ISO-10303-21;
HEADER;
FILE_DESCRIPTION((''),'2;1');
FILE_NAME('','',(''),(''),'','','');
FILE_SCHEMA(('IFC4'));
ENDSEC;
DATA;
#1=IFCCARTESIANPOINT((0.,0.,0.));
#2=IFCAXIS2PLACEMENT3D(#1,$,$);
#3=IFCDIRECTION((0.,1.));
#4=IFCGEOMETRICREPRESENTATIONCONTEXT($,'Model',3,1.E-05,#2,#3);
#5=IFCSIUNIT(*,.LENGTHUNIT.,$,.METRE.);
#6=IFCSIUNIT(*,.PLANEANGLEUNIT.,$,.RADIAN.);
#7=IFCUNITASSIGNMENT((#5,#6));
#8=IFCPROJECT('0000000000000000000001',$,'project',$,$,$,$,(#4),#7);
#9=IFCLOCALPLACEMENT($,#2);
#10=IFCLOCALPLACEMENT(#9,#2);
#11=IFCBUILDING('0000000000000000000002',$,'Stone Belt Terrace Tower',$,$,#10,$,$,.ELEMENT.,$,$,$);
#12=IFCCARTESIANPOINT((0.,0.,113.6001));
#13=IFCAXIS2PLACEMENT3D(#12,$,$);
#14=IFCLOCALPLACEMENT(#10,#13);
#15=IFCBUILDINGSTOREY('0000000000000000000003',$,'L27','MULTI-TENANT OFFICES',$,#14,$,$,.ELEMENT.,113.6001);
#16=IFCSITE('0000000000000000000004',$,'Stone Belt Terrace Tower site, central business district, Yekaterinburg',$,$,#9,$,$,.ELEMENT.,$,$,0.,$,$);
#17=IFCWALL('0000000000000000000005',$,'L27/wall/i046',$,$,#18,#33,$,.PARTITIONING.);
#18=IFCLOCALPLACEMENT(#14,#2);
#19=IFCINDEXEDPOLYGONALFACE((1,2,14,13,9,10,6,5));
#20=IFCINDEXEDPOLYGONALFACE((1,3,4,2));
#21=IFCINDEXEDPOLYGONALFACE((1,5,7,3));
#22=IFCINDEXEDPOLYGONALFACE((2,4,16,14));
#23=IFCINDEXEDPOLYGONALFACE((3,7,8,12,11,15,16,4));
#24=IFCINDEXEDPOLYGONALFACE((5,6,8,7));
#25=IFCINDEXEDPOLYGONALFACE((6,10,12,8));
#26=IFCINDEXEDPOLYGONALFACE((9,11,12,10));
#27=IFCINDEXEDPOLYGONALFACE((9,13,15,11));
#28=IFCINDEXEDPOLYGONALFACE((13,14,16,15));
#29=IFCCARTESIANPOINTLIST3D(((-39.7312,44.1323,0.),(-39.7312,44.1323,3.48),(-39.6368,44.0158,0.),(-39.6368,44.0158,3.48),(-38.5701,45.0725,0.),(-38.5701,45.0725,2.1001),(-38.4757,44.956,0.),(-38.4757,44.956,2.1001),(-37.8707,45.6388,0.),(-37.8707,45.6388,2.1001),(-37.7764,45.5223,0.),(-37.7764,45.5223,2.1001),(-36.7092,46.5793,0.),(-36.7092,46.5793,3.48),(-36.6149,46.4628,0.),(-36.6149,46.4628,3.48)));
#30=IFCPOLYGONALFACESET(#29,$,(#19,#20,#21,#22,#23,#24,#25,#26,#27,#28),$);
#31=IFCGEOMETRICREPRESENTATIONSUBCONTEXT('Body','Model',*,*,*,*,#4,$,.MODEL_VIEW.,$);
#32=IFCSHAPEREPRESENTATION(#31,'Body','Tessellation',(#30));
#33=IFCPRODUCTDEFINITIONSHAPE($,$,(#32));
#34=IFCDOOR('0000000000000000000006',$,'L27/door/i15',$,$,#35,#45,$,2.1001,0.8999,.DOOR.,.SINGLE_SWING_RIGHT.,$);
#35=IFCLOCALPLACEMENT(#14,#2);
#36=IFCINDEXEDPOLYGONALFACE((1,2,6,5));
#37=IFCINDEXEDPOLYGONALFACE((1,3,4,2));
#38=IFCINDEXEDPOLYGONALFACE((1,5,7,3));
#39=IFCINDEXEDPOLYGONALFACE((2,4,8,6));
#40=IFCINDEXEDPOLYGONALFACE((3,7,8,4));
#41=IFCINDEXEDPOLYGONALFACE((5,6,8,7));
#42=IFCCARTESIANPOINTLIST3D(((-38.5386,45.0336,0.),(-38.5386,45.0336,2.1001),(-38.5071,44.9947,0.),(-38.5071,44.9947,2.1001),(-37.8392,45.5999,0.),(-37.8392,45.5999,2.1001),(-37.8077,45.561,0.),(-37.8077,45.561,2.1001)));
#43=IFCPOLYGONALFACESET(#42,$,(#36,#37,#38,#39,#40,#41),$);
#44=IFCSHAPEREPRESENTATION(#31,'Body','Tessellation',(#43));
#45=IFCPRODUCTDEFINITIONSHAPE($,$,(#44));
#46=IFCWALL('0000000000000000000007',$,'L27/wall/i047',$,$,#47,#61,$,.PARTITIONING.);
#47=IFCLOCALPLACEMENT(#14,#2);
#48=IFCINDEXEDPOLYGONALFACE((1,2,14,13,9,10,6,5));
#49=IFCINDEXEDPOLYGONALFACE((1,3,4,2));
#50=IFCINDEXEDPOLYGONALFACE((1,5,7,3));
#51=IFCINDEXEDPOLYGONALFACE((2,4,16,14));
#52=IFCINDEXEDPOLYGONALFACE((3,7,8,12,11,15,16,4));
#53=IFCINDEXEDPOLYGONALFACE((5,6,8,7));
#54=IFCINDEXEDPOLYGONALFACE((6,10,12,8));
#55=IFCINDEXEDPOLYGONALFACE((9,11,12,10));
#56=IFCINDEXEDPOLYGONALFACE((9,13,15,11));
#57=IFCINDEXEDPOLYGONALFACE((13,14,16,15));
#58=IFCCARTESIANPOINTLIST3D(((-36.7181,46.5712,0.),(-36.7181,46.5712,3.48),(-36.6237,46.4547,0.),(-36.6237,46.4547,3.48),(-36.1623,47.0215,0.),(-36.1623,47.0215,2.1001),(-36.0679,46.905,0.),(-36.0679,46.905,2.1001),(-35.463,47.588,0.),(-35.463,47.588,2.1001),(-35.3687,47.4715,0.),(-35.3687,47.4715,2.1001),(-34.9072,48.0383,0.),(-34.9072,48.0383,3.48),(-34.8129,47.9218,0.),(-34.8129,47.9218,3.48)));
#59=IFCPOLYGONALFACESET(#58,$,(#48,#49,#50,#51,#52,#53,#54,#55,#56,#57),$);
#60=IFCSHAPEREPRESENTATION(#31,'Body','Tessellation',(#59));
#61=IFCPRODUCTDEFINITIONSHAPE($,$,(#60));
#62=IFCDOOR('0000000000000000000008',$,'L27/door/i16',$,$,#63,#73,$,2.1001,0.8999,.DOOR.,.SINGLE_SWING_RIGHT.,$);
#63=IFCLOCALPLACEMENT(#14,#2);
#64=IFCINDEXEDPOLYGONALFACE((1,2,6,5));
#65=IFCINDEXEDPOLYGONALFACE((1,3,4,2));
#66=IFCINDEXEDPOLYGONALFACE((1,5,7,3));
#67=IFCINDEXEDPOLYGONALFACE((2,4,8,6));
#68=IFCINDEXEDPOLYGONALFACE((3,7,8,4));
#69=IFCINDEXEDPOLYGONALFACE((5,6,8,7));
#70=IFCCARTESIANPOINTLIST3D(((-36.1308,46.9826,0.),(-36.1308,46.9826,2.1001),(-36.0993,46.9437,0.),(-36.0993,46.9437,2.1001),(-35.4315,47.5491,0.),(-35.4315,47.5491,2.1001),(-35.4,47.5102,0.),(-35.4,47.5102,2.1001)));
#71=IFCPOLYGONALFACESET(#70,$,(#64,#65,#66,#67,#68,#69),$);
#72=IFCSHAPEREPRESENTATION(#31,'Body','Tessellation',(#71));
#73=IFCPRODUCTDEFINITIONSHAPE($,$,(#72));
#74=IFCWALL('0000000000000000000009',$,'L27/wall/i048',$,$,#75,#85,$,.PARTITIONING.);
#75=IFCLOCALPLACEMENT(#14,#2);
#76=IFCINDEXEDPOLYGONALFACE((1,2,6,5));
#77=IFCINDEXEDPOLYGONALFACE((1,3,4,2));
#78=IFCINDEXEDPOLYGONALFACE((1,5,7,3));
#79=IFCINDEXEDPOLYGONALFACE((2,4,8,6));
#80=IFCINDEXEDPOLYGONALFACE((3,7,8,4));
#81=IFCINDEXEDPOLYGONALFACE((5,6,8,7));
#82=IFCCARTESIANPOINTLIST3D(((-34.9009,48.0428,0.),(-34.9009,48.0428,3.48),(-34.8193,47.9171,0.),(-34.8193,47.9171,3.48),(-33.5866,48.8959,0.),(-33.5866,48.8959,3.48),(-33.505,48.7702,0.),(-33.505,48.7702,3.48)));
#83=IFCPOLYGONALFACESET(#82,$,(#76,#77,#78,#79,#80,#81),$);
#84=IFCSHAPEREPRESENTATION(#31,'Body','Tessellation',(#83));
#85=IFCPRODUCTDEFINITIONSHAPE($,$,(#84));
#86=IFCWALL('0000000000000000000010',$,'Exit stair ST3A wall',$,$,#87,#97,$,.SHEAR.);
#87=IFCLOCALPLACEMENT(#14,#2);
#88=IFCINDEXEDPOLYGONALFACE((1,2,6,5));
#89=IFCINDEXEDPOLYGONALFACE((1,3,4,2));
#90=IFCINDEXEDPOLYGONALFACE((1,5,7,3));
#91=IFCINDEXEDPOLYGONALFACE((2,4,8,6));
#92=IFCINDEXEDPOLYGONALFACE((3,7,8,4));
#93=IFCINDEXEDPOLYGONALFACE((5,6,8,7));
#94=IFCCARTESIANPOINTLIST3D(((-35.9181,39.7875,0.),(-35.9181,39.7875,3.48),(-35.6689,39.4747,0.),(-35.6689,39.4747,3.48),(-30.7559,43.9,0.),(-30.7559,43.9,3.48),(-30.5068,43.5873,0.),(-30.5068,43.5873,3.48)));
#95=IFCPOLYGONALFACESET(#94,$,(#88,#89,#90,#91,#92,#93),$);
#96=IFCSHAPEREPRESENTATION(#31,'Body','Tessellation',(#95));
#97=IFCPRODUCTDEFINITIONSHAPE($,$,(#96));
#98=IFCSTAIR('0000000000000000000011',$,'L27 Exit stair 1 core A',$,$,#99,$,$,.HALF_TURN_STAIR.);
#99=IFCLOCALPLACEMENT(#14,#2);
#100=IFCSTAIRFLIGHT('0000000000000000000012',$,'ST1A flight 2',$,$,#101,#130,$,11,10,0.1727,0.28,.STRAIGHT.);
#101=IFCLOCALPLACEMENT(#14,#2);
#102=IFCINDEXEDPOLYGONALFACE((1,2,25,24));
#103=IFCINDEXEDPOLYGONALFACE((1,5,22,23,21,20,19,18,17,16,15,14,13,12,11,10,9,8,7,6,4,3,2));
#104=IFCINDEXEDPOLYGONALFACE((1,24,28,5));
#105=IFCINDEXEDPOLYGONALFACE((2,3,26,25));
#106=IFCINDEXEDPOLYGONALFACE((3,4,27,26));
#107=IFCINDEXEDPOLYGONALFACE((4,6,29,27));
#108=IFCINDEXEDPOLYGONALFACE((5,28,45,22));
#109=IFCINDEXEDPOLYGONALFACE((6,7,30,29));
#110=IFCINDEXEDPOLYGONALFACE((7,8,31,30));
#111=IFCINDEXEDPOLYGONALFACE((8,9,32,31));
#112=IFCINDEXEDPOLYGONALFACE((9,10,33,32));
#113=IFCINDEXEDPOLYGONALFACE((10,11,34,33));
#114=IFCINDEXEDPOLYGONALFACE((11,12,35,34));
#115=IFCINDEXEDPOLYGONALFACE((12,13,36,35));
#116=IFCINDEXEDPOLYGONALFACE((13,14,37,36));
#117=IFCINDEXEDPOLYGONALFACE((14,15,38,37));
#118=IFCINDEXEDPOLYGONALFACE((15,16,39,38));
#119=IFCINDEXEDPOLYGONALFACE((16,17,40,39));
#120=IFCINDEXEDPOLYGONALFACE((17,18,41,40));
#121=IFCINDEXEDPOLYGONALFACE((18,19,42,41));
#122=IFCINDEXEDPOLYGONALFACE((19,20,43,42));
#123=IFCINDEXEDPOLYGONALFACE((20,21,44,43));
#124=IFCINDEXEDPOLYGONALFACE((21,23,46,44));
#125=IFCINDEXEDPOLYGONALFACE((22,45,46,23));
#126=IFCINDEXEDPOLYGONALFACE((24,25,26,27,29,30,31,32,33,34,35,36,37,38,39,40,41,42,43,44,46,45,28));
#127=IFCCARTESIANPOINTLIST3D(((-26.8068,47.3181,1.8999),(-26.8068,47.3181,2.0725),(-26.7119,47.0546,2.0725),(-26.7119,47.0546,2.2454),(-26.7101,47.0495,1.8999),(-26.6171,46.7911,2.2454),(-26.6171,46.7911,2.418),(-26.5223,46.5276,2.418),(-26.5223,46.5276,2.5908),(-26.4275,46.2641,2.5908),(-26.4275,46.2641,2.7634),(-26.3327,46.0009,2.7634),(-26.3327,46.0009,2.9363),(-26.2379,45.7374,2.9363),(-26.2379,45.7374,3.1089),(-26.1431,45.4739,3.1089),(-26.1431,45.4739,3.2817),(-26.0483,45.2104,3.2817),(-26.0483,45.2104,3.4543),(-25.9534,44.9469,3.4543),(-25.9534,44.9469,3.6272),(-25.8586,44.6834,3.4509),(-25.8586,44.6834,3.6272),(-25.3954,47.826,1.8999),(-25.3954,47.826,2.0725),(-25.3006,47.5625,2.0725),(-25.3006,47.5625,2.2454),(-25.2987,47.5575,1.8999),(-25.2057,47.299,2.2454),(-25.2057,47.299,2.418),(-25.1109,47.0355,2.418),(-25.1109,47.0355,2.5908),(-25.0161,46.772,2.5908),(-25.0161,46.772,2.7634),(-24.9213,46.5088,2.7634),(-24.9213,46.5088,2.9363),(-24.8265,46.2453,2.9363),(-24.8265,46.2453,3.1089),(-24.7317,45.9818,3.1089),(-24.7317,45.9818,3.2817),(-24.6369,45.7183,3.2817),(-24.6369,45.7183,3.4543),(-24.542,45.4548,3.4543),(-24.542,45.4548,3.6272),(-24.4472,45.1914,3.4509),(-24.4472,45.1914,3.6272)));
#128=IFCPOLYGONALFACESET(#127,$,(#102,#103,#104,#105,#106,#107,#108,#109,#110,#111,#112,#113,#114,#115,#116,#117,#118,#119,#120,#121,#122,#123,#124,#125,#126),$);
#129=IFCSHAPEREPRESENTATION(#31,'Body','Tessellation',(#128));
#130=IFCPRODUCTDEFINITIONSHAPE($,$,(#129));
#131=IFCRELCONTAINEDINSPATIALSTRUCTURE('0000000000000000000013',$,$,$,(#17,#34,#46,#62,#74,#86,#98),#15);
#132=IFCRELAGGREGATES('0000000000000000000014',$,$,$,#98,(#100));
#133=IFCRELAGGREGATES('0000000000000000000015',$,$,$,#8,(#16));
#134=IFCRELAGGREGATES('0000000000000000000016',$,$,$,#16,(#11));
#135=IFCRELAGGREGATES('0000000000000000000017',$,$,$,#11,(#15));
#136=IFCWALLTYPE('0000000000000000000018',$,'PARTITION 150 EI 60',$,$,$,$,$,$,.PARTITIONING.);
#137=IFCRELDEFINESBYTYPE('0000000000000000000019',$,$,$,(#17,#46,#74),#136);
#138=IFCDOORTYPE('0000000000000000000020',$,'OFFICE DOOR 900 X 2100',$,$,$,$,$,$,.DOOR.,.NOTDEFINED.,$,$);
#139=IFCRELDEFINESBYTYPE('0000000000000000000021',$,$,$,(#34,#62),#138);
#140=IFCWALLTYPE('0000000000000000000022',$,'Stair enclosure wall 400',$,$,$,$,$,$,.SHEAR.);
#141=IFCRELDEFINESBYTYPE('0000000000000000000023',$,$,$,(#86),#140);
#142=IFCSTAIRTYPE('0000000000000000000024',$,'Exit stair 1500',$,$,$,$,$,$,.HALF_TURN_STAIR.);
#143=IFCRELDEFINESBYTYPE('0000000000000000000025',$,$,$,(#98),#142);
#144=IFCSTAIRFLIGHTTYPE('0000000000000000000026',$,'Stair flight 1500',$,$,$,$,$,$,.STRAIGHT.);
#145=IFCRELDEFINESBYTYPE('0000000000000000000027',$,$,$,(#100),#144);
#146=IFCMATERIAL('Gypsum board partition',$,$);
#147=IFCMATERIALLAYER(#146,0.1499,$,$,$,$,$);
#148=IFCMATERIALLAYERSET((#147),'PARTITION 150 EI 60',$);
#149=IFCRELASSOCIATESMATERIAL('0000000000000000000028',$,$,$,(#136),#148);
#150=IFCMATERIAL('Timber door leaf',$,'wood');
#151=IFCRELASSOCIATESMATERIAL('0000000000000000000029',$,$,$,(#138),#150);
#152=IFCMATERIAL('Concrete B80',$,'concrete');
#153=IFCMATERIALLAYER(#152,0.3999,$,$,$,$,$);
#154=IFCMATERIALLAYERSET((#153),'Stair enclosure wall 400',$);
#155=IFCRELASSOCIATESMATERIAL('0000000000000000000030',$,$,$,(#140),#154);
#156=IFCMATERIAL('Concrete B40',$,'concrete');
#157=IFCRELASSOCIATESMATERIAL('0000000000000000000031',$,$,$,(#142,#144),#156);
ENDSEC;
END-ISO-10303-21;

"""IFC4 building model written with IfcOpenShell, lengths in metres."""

from ifc_helpers import new_model, si_unit, direction, frame, frame_2d, origin, place, context, subcontext, project, spatial, polyline, rectangle, outline, extrude, material, layer, layer_set, type_object, element, fill, aggregate, save


model = new_model("IFC4")

# Units and contexts
model_context = context("Model", 3, precision=1e-05, world=origin(), true_north=direction((0.0, 1.0)))
body_context = subcontext(model_context, "Body", "Model", "MODEL_VIEW")
ifc_project = project(units=[si_unit("LENGTHUNIT", "METRE"), si_unit("PLANEANGLEUNIT", "RADIAN")], contexts=[model_context])

# Site, building, storey
site_placement = place(None, origin())
site = spatial("IfcSite", under=ifc_project, at=site_placement, Name="Stone Belt Terrace Tower site, central business district, Yekaterinburg", CompositionType="ELEMENT", RefElevation=0.0)
building_placement = place(site_placement, origin())
building = spatial("IfcBuilding", under=site, at=building_placement, Name="Stone Belt Terrace Tower", CompositionType="ELEMENT")
storey_placement = place(building_placement, frame((0.0, 0.0, 113.6001)))
storey = spatial("IfcBuildingStorey", under=building, at=storey_placement, Name="L27", Description="MULTI-TENANT OFFICES", CompositionType="ELEMENT", Elevation=113.6001)

# Shared definitions
ifc_material_1 = material(Name="Concrete B80", Category="concrete")

# Shared definitions
ifc_material_2 = material(Name="Timber door leaf", Category="wood")

# Shared definitions
ifc_material_3 = material(Name="Gypsum board partition")
ifc_layer_1 = layer(ifc_material_3, 0.1499)
ifc_layer_set_1 = layer_set([ifc_layer_1], Name="PARTITION 150 EI 60")
wall_type_1 = type_object("IfcWallType", Name="PARTITION 150 EI 60", PredefinedType="PARTITIONING", material=ifc_layer_set_1)

# Shared definitions
door_type_1 = type_object("IfcDoorType", Name="OFFICE DOOR 900 X 2100", OperationType="NOTDEFINED", PredefinedType="DOOR", material=ifc_material_2)

# Walls, openings, doors
wall_1_placement = place(storey_placement, frame((-39.6841, 44.074, 0.0), z_axis=(0.0, 0.0, 1.0), x_axis=(0.777162, 0.629301, 0.0)))
wall_1 = element("IfcWall", 1, at=wall_1_placement, inside=storey, type_object=wall_type_1, Name="L27/wall/i046", PredefinedType="PARTITIONING", context=body_context, shape_type="SweptSolid", body=[
    extrude(rectangle(XDim=3.8884, YDim=0.1499, at=frame_2d((1.9443, 0.0))), origin(), (0.0, 0.0, 1.0), 3.48),
])
opening_1_placement = place(wall_1_placement, frame((1.4941, 0.0, 0.0)))
opening_1 = element("IfcOpeningElement", 2, at=opening_1_placement, cuts=wall_1, PredefinedType="OPENING", context=body_context, shape_type="SweptSolid", body=[
    extrude(rectangle(XDim=0.8999, YDim=2.1001, at=frame_2d((0.45, 1.05))), frame((0.0, 0.085, 0.0), z_axis=(0.0, -1.0, 0.0), x_axis=(1.0, 0.0, 0.0)), (0.0, 0.0, 1.0), 0.1699),
])
door_1_placement = place(opening_1_placement, origin())
door_1 = element("IfcDoor", 3, at=door_1_placement, inside=storey, type_object=door_type_1, Name="L27/door/i15", OperationType="SINGLE_SWING_RIGHT", OverallHeight=2.1001, OverallWidth=0.8999, PredefinedType="DOOR", context=body_context, shape_type="SweptSolid", body=[
    extrude(rectangle(XDim=0.8999, YDim=2.1001, at=frame_2d((0.45, 1.05))), frame((0.0, 0.0249, 0.0), z_axis=(0.0, -1.0, 0.0), x_axis=(1.0, 0.0, 0.0)), (0.0, 0.0, 1.0), 0.05),
])
fill(opening_1, door_1)
wall_2_placement = place(storey_placement, frame((-36.6709, 46.5129, 0.0), z_axis=(0.0, 0.0, 1.0), x_axis=(0.777001, 0.6295, 0.0)))
wall_2 = element("IfcWall", 4, at=wall_2_placement, inside=storey, type_object=wall_type_1, Name="L27/wall/i047", PredefinedType="PARTITIONING", context=body_context, shape_type="SweptSolid", body=[
    extrude(rectangle(XDim=2.3306, YDim=0.1499, at=frame_2d((1.1653, 0.0))), origin(), (0.0, 0.0, 1.0), 3.48),
])
opening_2_placement = place(wall_2_placement, frame((0.7153, 0.0, 0.0)))
opening_2 = element("IfcOpeningElement", 5, at=opening_2_placement, cuts=wall_2, PredefinedType="OPENING", context=body_context, shape_type="SweptSolid", body=[
    extrude(rectangle(XDim=0.8999, YDim=2.1001, at=frame_2d((0.45, 1.05))), frame((0.0, 0.085, 0.0), z_axis=(0.0, -1.0, 0.0), x_axis=(1.0, 0.0, 0.0)), (0.0, 0.0, 1.0), 0.1699),
])
door_2_placement = place(opening_2_placement, origin())
door_2 = element("IfcDoor", 6, at=door_2_placement, inside=storey, type_object=door_type_1, Name="L27/door/i16", OperationType="SINGLE_SWING_RIGHT", OverallHeight=2.1001, OverallWidth=0.8999, PredefinedType="DOOR", context=body_context, shape_type="SweptSolid", body=[
    extrude(rectangle(XDim=0.8999, YDim=2.1001, at=frame_2d((0.45, 1.05))), frame((0.0, 0.0249, 0.0), z_axis=(0.0, -1.0, 0.0), x_axis=(1.0, 0.0, 0.0)), (0.0, 0.0, 1.0), 0.05),
])
fill(opening_2, door_2)

# Walls
wall_3_placement = place(storey_placement, frame((-34.8601, 47.98, 0.0), z_axis=(0.0, 0.0, 1.0), x_axis=(0.838796, 0.544446, 0.0)))
element("IfcWall", 7, at=wall_3_placement, inside=storey, type_object=wall_type_1, Name="L27/wall/i048", PredefinedType="PARTITIONING", context=body_context, shape_type="SweptSolid", body=[
    extrude(rectangle(XDim=1.5669, YDim=0.1499, at=frame_2d((0.7834, 0.0))), origin(), (0.0, 0.0, 1.0), 3.48),
])
ifc_layer_2 = layer(ifc_material_1, 0.3999)
ifc_layer_set_2 = layer_set([ifc_layer_2], Name="Stair enclosure wall 400")
wall_type_2 = type_object("IfcWallType", Name="Stair enclosure wall 400", PredefinedType="SHEAR", material=ifc_layer_set_2)
wall_4_placement = place(storey_placement, frame((-30.6313, 43.7437, 0.0), z_axis=(0.0, 0.0, 1.0), x_axis=(-0.782134, -0.62311, 0.0)))
element("IfcWall", 8, at=wall_4_placement, inside=storey, type_object=wall_type_2, Name="Exit stair ST3A wall", PredefinedType="SHEAR", context=body_context, shape_type="SweptSolid", body=[
    extrude(rectangle(XDim=6.6001, YDim=0.3999, at=frame_2d((3.3, 0.0))), origin(), (0.0, 0.0, 1.0), 3.48),
])

# Stair, stair flight
ifc_material_4 = material(Name="Concrete B40", Category="concrete")
stair_type = type_object("IfcStairType", Name="Exit stair 1500", PredefinedType="HALF_TURN_STAIR", material=ifc_material_4)
stair_placement = place(storey_placement, origin())
stair = element("IfcStair", 9, at=stair_placement, inside=storey, type_object=stair_type, Name="L27 Exit stair 1 core A", PredefinedType="HALF_TURN_STAIR")
stair_flight_type = type_object("IfcStairFlightType", Name="Stair flight 1500", PredefinedType="STRAIGHT", material=ifc_material_4)
stair_flight_placement = place(storey_placement, frame((-26.1011, 47.572, 1.8999), z_axis=(0.0, 0.0, 1.0), x_axis=(0.338624, -0.940922, 0.0)))
stair_flight = element("IfcStairFlight", 10, at=stair_flight_placement, type_object=stair_flight_type, Name="ST1A flight 2", NumberOfRisers=11, NumberOfTreads=10, PredefinedType="STRAIGHT", RiserHeight=0.1727, TreadLength=0.28, context=body_context, shape_type="SweptSolid", body=[
    extrude(outline(polyline([(0.0, 0.0), (0.0, 0.1726), (0.28, 0.1726), (0.28, 0.3455), (0.5601, 0.3455), (0.5601, 0.5181), (0.8401, 0.5181), (0.8401, 0.6909), (1.1201, 0.6909), (1.1201, 0.8635), (1.3999, 0.8635), (1.3999, 1.0364), (1.6799, 1.0364), (1.6799, 1.209), (1.96, 1.209), (1.96, 1.3818), (2.24, 1.3818), (2.24, 1.5544), (2.52, 1.5544), (2.52, 1.7273), (2.8, 1.7273), (2.8, 1.8999), (2.8, 1.551), (0.2854, 0.0), (0.0, 0.0)])), frame((0.0, 0.75, 0.0), z_axis=(0.0, -1.0, 0.0), x_axis=(1.0, 0.0, 0.0)), (0.0, 0.0, 1.0), 1.5),
])
aggregate(stair, [stair_flight])

save(model, "model.ifc")
